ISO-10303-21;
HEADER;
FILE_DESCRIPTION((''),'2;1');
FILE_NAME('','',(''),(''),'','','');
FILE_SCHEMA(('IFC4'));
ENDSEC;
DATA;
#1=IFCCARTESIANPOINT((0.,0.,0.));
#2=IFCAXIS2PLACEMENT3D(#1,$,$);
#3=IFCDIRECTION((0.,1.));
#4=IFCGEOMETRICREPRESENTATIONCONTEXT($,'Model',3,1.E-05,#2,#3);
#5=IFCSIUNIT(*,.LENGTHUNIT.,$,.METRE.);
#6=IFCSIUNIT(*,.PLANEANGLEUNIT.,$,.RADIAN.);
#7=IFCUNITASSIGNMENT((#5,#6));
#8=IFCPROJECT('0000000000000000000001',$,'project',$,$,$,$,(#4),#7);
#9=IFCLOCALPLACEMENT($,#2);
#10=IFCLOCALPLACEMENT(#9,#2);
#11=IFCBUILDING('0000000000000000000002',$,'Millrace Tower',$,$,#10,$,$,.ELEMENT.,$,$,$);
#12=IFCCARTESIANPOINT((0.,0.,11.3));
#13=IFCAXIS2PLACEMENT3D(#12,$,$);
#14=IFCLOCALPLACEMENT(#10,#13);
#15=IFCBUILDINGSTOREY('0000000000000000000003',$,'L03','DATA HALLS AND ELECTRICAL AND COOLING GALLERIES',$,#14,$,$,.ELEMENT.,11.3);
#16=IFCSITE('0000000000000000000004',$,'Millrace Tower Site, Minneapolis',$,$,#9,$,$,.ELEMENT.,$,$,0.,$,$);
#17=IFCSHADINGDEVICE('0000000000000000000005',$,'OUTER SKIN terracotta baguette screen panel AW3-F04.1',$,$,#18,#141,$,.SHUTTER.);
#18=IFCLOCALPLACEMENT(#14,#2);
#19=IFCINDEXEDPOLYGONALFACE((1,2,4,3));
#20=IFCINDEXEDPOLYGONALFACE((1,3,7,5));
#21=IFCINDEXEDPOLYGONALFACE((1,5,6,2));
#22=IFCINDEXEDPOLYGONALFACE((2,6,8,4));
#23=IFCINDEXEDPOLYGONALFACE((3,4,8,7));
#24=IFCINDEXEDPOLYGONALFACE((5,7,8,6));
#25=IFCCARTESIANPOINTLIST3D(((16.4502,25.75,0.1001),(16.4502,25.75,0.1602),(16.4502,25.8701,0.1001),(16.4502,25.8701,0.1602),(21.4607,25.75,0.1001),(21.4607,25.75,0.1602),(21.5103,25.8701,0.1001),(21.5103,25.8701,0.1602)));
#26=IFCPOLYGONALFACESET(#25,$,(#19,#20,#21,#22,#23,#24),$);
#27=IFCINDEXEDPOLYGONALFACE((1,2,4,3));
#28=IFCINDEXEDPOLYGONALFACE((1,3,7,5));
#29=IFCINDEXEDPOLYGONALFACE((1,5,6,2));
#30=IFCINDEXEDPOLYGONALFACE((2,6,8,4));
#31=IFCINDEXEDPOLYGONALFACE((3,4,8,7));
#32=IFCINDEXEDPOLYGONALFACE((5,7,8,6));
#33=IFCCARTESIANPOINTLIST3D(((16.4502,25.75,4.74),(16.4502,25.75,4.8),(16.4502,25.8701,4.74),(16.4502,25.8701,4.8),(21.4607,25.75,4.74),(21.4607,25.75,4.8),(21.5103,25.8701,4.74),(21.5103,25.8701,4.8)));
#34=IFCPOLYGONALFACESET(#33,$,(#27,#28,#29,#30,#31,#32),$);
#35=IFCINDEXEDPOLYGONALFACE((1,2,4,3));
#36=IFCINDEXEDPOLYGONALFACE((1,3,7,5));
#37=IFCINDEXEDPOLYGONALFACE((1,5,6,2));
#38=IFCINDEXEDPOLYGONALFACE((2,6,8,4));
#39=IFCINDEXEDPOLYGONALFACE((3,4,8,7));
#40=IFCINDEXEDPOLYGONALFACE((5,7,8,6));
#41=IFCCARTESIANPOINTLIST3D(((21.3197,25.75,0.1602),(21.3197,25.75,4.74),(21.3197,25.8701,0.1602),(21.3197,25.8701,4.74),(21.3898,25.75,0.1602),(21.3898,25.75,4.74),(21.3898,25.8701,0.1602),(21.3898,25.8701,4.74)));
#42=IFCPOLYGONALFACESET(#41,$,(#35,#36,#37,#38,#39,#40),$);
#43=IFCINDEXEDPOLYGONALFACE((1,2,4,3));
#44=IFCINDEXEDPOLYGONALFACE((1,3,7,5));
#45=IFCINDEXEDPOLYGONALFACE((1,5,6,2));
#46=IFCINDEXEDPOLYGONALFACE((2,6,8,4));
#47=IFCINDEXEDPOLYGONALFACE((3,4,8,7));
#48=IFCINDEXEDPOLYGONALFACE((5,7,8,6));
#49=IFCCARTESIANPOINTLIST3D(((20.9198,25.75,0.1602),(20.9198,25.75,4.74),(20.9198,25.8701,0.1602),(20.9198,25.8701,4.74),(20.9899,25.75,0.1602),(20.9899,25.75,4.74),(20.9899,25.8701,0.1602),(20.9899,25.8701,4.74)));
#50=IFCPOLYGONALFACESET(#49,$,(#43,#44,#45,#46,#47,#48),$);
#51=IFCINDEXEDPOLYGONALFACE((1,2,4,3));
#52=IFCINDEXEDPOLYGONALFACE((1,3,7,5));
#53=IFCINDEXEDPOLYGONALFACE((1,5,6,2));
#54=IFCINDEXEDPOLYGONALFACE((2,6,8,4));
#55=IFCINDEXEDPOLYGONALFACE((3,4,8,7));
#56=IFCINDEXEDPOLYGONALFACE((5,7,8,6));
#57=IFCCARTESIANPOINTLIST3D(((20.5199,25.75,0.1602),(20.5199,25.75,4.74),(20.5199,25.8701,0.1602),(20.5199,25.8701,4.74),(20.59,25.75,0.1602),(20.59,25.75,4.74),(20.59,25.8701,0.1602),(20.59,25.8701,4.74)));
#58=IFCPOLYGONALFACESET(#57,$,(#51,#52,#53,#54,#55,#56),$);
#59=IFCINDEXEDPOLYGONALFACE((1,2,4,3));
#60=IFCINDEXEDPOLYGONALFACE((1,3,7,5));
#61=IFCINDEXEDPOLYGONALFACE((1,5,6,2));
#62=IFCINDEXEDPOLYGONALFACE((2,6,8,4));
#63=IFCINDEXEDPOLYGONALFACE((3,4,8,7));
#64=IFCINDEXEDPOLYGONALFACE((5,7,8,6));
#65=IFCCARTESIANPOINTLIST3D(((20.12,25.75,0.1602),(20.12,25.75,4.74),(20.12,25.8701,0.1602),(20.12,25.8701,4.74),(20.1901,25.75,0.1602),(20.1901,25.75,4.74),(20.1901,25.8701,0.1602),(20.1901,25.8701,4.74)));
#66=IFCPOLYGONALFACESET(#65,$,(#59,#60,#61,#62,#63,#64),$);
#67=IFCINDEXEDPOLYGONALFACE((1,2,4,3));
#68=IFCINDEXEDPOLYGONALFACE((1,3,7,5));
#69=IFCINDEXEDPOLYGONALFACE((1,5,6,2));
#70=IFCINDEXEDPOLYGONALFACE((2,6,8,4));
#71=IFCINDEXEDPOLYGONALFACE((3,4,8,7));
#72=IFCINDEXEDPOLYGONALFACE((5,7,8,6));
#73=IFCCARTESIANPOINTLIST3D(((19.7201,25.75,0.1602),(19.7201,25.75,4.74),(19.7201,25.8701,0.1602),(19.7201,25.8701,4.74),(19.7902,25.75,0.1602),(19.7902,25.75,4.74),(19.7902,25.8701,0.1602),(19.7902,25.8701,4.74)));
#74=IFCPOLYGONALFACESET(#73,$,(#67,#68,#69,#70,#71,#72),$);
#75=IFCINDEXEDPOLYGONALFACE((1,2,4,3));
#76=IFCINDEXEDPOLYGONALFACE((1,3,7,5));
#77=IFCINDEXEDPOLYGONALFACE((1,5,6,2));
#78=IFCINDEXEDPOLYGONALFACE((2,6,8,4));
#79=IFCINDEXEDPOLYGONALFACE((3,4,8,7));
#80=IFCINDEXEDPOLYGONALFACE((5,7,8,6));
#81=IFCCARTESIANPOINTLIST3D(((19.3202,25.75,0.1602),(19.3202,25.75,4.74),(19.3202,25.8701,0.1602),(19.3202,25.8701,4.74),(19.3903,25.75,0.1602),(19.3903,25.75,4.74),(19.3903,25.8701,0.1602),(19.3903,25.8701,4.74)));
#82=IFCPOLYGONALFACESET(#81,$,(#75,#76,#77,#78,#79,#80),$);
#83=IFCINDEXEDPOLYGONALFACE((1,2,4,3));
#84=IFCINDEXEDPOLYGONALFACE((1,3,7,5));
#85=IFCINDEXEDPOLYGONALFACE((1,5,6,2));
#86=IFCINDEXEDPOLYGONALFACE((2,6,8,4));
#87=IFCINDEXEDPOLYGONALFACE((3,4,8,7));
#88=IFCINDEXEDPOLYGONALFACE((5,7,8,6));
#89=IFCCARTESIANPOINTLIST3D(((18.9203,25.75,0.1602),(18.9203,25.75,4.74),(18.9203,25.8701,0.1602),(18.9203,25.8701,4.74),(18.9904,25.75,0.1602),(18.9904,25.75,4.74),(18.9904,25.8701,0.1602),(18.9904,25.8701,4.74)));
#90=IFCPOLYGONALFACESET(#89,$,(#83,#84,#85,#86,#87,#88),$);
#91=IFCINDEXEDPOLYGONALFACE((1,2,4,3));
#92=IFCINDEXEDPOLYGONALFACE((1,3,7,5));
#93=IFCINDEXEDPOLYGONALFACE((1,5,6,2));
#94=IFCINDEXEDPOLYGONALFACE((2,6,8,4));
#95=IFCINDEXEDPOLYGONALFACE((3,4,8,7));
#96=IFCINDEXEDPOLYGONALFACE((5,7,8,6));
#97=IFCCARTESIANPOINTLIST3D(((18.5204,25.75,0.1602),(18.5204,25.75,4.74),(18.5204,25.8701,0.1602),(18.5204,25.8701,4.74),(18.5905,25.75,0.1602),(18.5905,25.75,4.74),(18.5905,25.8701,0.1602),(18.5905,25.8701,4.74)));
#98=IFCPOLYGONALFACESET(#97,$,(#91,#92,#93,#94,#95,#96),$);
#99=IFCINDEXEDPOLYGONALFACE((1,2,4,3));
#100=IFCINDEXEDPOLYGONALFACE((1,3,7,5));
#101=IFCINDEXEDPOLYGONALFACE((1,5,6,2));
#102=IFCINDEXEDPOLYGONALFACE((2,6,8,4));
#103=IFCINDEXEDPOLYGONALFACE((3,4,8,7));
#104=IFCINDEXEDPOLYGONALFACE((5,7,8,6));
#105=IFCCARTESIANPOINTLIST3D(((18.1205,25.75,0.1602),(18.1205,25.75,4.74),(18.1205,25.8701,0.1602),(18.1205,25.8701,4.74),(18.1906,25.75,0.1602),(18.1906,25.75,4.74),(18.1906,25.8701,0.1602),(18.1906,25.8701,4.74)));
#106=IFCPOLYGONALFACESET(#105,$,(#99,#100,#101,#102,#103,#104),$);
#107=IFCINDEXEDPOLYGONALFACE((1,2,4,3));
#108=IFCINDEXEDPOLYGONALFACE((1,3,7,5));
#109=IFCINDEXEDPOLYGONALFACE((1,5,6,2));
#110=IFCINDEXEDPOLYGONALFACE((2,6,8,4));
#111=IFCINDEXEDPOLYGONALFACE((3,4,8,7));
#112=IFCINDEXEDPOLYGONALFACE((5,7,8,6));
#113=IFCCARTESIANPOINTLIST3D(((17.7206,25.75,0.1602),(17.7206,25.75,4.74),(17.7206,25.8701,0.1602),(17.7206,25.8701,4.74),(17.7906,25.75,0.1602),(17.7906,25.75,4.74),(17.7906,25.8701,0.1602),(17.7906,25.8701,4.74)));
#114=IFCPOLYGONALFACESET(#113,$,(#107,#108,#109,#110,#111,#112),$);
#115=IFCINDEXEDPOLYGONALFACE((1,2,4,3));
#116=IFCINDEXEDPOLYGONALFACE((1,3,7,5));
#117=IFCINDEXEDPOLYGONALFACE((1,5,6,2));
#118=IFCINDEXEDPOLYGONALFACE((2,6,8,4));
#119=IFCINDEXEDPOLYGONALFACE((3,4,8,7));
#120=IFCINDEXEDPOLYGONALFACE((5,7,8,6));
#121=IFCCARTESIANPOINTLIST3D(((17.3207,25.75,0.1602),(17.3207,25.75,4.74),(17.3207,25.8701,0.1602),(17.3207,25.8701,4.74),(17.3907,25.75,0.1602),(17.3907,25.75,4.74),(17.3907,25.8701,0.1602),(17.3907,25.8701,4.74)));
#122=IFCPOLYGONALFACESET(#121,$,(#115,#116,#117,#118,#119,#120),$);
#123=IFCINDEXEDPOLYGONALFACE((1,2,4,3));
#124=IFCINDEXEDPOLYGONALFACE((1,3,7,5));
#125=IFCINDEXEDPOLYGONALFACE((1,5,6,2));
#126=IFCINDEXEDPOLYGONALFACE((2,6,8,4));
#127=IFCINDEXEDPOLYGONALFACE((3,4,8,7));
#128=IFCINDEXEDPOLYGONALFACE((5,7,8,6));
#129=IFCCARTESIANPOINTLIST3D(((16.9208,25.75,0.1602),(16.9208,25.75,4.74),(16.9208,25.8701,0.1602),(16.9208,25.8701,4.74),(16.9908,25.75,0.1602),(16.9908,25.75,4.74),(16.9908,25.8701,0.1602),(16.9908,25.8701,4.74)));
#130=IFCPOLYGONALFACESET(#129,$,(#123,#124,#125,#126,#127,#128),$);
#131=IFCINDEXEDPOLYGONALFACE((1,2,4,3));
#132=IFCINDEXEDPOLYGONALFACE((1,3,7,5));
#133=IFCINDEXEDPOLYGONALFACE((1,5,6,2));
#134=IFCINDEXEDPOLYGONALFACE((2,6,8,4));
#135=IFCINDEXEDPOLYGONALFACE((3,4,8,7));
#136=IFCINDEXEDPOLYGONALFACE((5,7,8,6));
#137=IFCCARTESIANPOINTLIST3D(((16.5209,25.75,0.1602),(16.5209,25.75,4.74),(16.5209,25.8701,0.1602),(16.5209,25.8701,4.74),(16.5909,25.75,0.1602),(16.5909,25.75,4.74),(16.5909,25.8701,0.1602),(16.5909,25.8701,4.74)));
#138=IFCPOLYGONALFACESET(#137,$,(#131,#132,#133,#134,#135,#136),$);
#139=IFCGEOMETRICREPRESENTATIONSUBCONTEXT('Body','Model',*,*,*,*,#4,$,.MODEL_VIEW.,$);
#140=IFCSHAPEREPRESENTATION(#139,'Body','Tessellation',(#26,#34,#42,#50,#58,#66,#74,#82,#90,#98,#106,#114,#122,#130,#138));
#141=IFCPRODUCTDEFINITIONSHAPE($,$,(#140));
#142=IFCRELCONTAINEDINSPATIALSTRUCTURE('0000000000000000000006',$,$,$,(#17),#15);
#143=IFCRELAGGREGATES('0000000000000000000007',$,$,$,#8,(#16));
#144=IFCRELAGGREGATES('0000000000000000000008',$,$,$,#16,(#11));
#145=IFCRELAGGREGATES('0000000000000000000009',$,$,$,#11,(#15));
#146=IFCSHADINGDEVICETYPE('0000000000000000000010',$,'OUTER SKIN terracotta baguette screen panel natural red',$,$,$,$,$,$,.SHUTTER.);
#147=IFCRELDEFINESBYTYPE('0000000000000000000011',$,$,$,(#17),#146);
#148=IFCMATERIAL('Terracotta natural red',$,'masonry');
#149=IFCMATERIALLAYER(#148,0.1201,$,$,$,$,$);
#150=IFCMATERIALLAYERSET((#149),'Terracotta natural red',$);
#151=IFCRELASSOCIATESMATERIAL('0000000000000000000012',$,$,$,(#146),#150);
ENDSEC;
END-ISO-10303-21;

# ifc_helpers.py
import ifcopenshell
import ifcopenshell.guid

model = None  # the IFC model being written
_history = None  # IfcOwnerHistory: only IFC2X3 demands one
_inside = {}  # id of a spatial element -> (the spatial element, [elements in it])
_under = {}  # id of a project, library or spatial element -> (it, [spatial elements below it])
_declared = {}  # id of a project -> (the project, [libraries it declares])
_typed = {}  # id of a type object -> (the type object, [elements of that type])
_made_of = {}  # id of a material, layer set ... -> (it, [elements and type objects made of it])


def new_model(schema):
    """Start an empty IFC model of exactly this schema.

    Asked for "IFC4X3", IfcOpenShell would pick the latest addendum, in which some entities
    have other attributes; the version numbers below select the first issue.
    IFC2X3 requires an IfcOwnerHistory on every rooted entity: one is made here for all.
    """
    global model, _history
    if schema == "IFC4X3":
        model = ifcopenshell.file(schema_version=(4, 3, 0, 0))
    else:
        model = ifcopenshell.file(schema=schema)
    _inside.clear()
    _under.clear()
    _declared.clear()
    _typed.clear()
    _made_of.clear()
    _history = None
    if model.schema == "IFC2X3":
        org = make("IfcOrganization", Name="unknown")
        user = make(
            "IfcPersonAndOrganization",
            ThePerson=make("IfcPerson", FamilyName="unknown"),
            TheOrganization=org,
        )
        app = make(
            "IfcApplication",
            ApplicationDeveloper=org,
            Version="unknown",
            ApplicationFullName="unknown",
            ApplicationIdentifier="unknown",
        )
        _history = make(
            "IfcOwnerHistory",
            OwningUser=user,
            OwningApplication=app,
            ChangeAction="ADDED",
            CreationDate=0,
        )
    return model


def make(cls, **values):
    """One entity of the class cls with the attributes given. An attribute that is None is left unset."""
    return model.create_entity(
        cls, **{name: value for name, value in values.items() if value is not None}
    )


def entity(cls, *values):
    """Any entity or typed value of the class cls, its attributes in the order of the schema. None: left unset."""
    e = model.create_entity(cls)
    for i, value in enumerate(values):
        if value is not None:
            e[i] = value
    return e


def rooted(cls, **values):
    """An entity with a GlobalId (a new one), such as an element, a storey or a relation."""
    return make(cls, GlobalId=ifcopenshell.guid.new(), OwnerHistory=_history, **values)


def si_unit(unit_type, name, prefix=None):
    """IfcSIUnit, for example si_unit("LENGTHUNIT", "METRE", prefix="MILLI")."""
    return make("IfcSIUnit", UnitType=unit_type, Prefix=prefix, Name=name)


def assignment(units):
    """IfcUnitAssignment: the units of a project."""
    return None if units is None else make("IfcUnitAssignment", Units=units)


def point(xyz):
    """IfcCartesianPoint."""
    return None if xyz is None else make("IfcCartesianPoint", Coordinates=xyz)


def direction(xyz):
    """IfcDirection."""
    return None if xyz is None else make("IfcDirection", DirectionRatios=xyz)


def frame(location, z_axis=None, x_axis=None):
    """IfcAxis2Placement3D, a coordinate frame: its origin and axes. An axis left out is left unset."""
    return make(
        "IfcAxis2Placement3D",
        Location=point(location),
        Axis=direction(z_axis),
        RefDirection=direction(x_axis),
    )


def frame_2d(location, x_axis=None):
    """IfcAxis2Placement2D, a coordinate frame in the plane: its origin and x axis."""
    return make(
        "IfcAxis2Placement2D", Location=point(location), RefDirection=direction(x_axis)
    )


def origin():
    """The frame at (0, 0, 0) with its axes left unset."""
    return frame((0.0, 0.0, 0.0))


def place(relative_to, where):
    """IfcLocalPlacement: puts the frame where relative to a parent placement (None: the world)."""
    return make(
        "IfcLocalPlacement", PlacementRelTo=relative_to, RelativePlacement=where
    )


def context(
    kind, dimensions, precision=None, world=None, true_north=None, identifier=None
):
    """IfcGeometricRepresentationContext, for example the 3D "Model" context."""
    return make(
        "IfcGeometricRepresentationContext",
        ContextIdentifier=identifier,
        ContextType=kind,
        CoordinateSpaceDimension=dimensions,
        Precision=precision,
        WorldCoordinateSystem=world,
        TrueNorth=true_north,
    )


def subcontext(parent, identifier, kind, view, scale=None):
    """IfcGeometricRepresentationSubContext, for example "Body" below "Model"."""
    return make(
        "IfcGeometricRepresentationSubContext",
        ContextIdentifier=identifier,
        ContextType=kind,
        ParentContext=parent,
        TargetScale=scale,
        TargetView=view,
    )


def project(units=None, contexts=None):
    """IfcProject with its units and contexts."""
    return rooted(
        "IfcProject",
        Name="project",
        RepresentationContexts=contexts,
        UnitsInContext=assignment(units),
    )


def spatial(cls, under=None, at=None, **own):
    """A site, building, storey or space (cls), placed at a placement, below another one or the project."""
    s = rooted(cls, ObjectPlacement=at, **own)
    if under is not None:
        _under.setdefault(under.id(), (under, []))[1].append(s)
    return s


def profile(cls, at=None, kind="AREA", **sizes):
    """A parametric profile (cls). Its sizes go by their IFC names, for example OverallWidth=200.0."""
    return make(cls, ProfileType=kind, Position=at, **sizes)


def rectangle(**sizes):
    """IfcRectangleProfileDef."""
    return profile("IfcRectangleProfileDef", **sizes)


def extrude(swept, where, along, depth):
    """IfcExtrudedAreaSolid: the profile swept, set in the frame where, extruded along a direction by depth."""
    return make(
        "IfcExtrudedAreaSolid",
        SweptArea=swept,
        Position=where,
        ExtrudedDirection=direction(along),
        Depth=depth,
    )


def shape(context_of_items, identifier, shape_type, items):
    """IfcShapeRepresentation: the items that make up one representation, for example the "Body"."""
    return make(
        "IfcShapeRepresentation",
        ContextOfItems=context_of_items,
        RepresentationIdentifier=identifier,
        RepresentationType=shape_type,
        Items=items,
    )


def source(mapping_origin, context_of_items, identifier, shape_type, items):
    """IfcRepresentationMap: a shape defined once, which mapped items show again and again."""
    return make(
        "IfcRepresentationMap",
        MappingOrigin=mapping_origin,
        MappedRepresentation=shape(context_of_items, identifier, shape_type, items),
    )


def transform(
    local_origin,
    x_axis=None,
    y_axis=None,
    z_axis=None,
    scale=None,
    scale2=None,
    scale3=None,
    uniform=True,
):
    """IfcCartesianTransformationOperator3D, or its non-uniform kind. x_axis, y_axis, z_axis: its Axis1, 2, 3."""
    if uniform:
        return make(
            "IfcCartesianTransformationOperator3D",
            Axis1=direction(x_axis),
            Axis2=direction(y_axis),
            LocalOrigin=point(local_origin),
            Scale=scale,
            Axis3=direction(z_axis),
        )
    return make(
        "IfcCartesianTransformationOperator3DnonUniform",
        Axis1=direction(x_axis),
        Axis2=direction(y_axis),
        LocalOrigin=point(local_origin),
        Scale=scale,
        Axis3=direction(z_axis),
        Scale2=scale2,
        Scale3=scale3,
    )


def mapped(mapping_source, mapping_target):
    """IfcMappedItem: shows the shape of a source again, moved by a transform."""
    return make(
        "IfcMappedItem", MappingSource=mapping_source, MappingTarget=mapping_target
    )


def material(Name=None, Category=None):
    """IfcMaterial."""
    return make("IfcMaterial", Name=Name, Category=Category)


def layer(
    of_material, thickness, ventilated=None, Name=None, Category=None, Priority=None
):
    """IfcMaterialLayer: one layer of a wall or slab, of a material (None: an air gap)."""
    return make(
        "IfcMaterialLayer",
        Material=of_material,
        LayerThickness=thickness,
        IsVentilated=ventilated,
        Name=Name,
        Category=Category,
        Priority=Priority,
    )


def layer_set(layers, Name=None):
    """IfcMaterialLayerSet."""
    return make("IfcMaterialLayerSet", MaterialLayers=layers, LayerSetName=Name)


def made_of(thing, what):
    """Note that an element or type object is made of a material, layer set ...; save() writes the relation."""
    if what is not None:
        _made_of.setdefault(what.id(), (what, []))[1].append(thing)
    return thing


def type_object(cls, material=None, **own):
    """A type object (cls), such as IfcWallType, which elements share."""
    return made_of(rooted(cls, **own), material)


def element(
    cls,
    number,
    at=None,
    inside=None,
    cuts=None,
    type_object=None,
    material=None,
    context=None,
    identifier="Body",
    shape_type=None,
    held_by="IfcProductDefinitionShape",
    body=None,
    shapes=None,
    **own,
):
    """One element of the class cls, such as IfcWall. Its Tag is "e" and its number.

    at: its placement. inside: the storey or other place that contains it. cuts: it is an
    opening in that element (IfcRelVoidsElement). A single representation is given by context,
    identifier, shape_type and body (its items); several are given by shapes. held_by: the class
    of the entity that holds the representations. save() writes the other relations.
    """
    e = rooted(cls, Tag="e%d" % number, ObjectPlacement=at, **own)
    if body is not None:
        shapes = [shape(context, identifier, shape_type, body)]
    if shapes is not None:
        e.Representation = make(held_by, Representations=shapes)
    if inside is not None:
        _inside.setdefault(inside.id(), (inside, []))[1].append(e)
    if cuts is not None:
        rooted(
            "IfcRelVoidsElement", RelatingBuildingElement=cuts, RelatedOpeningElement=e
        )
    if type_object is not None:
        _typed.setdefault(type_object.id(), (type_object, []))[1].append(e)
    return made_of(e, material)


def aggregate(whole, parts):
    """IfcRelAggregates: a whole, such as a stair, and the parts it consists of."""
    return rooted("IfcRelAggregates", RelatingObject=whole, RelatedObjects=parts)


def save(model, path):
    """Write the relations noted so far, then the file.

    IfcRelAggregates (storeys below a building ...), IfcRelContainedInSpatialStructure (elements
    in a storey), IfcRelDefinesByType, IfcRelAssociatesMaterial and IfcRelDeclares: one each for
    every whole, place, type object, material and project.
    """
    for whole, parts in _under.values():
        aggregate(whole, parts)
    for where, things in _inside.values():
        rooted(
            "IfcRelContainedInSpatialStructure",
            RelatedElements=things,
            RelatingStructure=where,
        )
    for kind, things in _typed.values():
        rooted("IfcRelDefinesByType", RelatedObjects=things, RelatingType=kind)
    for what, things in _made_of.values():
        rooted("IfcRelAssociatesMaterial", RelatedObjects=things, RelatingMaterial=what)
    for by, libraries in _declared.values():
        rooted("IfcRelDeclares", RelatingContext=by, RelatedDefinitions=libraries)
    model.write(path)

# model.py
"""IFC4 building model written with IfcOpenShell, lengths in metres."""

from ifc_helpers import new_model, entity, si_unit, direction, frame, frame_2d, origin, place, context, subcontext, project, spatial, rectangle, extrude, source, transform, mapped, material, layer, layer_set, type_object, element, save


model = new_model("IFC4")

# Units and contexts
model_context = context("Model", 3, precision=1e-05, world=origin(), true_north=direction((0.0, 1.0)))
body_context = subcontext(model_context, "Body", "Model", "MODEL_VIEW")
ifc_project = project(units=[si_unit("LENGTHUNIT", "METRE"), si_unit("PLANEANGLEUNIT", "RADIAN")], contexts=[model_context])

# Site, building, storey
site_placement = place(None, origin())
site = spatial("IfcSite", under=ifc_project, at=site_placement, Name="Millrace Tower Site, Minneapolis", CompositionType="ELEMENT", RefElevation=0.0)
building_placement = place(site_placement, origin())
building = spatial("IfcBuilding", under=site, at=building_placement, Name="Millrace Tower", CompositionType="ELEMENT")
storey_placement = place(building_placement, frame((0.0, 0.0, 11.3)))
storey = spatial("IfcBuildingStorey", under=building, at=storey_placement, Name="L03", Description="DATA HALLS AND ELECTRICAL AND COOLING GALLERIES", CompositionType="ELEMENT", Elevation=11.3)

# Shading device
ifc_material_1 = material(Name="Terracotta natural red", Category="masonry")
ifc_layer_1 = layer(ifc_material_1, 0.1201)
ifc_layer_set_1 = layer_set([ifc_layer_1], Name="Terracotta natural red")
shading_device_type_1 = type_object("IfcShadingDeviceType", Name="OUTER SKIN terracotta baguette screen panel natural red", PredefinedType="SHUTTER", material=ifc_layer_set_1)
cartesian_point_1 = entity("IfcCartesianPoint", [-2.4929, 0.0601])
shared_polyline_1 = entity("IfcPolyline", [cartesian_point_1, entity("IfcCartesianPoint", [2.5176, 0.0601]), entity("IfcCartesianPoint", [2.5176, -0.0601]), entity("IfcCartesianPoint", [-2.5425, -0.0601]), cartesian_point_1])
shared_shape_1 = source(origin(), body_context, "Body", "SweptSolid", [
    entity("IfcExtrudedAreaSolid", entity("IfcArbitraryClosedProfileDef", "AREA", None, shared_polyline_1), entity("IfcAxis2Placement3D", entity("IfcCartesianPoint", [0.0, 0.0, 0.0])), entity("IfcDirection", [0.0, 0.0, 1.0]), 0.0601),
    entity("IfcExtrudedAreaSolid", entity("IfcArbitraryClosedProfileDef", "AREA", None, shared_polyline_1), entity("IfcAxis2Placement3D", entity("IfcCartesianPoint", [0.0, 0.0, 4.6399])), entity("IfcDirection", [0.0, 0.0, 1.0]), 0.0601),
    extrude(rectangle(XDim=0.0701, YDim=0.1201, at=frame_2d((-2.387, 0.0))), frame((0.0, 0.0, 0.0601)), (0.0, 0.0, 1.0), 4.5798),
    extrude(rectangle(XDim=0.0701, YDim=0.1201, at=frame_2d((-1.9871, 0.0))), frame((0.0, 0.0, 0.0601)), (0.0, 0.0, 1.0), 4.5798),
    extrude(rectangle(XDim=0.0701, YDim=0.1201, at=frame_2d((-1.5872, 0.0))), frame((0.0, 0.0, 0.0601)), (0.0, 0.0, 1.0), 4.5798),
    extrude(rectangle(XDim=0.0701, YDim=0.1201, at=frame_2d((-1.1873, 0.0))), frame((0.0, 0.0, 0.0601)), (0.0, 0.0, 1.0), 4.5798),
    extrude(rectangle(XDim=0.0701, YDim=0.1201, at=frame_2d((-0.7874, 0.0))), frame((0.0, 0.0, 0.0601)), (0.0, 0.0, 1.0), 4.5798),
    extrude(rectangle(XDim=0.0701, YDim=0.1201, at=frame_2d((-0.3875, 0.0))), frame((0.0, 0.0, 0.0601)), (0.0, 0.0, 1.0), 4.5798),
    extrude(rectangle(XDim=0.0701, YDim=0.1201, at=frame_2d((0.0125, 0.0))), frame((0.0, 0.0, 0.0601)), (0.0, 0.0, 1.0), 4.5798),
    extrude(rectangle(XDim=0.0701, YDim=0.1201, at=frame_2d((0.4124, 0.0))), frame((0.0, 0.0, 0.0601)), (0.0, 0.0, 1.0), 4.5798),
    extrude(rectangle(XDim=0.0701, YDim=0.1201, at=frame_2d((0.8123, 0.0))), frame((0.0, 0.0, 0.0601)), (0.0, 0.0, 1.0), 4.5798),
    extrude(rectangle(XDim=0.0701, YDim=0.1201, at=frame_2d((1.2122, 0.0))), frame((0.0, 0.0, 0.0601)), (0.0, 0.0, 1.0), 4.5798),
    extrude(rectangle(XDim=0.0701, YDim=0.1201, at=frame_2d((1.6121, 0.0))), frame((0.0, 0.0, 0.0601)), (0.0, 0.0, 1.0), 4.5798),
    extrude(rectangle(XDim=0.0701, YDim=0.1201, at=frame_2d((2.012, 0.0))), frame((0.0, 0.0, 0.0601)), (0.0, 0.0, 1.0), 4.5798),
    extrude(rectangle(XDim=0.0701, YDim=0.1201, at=frame_2d((2.4119, 0.0))), frame((0.0, 0.0, 0.0601)), (0.0, 0.0, 1.0), 4.5798),
])
shading_device_1_placement = place(storey_placement, frame((18.9678, 25.8101, 0.1001), z_axis=(0.0, 0.0, 1.0), x_axis=(-1.0, 0.0, 0.0)))
element("IfcShadingDevice", 1, at=shading_device_1_placement, inside=storey, type_object=shading_device_type_1, Name="OUTER SKIN terracotta baguette screen panel AW3-F04.1", PredefinedType="SHUTTER", context=body_context, shape_type="MappedRepresentation", body=[
    mapped(shared_shape_1, transform((0.0, 0.0, 0.0), scale=1.0)),
])

save(model, "model.ifc")
